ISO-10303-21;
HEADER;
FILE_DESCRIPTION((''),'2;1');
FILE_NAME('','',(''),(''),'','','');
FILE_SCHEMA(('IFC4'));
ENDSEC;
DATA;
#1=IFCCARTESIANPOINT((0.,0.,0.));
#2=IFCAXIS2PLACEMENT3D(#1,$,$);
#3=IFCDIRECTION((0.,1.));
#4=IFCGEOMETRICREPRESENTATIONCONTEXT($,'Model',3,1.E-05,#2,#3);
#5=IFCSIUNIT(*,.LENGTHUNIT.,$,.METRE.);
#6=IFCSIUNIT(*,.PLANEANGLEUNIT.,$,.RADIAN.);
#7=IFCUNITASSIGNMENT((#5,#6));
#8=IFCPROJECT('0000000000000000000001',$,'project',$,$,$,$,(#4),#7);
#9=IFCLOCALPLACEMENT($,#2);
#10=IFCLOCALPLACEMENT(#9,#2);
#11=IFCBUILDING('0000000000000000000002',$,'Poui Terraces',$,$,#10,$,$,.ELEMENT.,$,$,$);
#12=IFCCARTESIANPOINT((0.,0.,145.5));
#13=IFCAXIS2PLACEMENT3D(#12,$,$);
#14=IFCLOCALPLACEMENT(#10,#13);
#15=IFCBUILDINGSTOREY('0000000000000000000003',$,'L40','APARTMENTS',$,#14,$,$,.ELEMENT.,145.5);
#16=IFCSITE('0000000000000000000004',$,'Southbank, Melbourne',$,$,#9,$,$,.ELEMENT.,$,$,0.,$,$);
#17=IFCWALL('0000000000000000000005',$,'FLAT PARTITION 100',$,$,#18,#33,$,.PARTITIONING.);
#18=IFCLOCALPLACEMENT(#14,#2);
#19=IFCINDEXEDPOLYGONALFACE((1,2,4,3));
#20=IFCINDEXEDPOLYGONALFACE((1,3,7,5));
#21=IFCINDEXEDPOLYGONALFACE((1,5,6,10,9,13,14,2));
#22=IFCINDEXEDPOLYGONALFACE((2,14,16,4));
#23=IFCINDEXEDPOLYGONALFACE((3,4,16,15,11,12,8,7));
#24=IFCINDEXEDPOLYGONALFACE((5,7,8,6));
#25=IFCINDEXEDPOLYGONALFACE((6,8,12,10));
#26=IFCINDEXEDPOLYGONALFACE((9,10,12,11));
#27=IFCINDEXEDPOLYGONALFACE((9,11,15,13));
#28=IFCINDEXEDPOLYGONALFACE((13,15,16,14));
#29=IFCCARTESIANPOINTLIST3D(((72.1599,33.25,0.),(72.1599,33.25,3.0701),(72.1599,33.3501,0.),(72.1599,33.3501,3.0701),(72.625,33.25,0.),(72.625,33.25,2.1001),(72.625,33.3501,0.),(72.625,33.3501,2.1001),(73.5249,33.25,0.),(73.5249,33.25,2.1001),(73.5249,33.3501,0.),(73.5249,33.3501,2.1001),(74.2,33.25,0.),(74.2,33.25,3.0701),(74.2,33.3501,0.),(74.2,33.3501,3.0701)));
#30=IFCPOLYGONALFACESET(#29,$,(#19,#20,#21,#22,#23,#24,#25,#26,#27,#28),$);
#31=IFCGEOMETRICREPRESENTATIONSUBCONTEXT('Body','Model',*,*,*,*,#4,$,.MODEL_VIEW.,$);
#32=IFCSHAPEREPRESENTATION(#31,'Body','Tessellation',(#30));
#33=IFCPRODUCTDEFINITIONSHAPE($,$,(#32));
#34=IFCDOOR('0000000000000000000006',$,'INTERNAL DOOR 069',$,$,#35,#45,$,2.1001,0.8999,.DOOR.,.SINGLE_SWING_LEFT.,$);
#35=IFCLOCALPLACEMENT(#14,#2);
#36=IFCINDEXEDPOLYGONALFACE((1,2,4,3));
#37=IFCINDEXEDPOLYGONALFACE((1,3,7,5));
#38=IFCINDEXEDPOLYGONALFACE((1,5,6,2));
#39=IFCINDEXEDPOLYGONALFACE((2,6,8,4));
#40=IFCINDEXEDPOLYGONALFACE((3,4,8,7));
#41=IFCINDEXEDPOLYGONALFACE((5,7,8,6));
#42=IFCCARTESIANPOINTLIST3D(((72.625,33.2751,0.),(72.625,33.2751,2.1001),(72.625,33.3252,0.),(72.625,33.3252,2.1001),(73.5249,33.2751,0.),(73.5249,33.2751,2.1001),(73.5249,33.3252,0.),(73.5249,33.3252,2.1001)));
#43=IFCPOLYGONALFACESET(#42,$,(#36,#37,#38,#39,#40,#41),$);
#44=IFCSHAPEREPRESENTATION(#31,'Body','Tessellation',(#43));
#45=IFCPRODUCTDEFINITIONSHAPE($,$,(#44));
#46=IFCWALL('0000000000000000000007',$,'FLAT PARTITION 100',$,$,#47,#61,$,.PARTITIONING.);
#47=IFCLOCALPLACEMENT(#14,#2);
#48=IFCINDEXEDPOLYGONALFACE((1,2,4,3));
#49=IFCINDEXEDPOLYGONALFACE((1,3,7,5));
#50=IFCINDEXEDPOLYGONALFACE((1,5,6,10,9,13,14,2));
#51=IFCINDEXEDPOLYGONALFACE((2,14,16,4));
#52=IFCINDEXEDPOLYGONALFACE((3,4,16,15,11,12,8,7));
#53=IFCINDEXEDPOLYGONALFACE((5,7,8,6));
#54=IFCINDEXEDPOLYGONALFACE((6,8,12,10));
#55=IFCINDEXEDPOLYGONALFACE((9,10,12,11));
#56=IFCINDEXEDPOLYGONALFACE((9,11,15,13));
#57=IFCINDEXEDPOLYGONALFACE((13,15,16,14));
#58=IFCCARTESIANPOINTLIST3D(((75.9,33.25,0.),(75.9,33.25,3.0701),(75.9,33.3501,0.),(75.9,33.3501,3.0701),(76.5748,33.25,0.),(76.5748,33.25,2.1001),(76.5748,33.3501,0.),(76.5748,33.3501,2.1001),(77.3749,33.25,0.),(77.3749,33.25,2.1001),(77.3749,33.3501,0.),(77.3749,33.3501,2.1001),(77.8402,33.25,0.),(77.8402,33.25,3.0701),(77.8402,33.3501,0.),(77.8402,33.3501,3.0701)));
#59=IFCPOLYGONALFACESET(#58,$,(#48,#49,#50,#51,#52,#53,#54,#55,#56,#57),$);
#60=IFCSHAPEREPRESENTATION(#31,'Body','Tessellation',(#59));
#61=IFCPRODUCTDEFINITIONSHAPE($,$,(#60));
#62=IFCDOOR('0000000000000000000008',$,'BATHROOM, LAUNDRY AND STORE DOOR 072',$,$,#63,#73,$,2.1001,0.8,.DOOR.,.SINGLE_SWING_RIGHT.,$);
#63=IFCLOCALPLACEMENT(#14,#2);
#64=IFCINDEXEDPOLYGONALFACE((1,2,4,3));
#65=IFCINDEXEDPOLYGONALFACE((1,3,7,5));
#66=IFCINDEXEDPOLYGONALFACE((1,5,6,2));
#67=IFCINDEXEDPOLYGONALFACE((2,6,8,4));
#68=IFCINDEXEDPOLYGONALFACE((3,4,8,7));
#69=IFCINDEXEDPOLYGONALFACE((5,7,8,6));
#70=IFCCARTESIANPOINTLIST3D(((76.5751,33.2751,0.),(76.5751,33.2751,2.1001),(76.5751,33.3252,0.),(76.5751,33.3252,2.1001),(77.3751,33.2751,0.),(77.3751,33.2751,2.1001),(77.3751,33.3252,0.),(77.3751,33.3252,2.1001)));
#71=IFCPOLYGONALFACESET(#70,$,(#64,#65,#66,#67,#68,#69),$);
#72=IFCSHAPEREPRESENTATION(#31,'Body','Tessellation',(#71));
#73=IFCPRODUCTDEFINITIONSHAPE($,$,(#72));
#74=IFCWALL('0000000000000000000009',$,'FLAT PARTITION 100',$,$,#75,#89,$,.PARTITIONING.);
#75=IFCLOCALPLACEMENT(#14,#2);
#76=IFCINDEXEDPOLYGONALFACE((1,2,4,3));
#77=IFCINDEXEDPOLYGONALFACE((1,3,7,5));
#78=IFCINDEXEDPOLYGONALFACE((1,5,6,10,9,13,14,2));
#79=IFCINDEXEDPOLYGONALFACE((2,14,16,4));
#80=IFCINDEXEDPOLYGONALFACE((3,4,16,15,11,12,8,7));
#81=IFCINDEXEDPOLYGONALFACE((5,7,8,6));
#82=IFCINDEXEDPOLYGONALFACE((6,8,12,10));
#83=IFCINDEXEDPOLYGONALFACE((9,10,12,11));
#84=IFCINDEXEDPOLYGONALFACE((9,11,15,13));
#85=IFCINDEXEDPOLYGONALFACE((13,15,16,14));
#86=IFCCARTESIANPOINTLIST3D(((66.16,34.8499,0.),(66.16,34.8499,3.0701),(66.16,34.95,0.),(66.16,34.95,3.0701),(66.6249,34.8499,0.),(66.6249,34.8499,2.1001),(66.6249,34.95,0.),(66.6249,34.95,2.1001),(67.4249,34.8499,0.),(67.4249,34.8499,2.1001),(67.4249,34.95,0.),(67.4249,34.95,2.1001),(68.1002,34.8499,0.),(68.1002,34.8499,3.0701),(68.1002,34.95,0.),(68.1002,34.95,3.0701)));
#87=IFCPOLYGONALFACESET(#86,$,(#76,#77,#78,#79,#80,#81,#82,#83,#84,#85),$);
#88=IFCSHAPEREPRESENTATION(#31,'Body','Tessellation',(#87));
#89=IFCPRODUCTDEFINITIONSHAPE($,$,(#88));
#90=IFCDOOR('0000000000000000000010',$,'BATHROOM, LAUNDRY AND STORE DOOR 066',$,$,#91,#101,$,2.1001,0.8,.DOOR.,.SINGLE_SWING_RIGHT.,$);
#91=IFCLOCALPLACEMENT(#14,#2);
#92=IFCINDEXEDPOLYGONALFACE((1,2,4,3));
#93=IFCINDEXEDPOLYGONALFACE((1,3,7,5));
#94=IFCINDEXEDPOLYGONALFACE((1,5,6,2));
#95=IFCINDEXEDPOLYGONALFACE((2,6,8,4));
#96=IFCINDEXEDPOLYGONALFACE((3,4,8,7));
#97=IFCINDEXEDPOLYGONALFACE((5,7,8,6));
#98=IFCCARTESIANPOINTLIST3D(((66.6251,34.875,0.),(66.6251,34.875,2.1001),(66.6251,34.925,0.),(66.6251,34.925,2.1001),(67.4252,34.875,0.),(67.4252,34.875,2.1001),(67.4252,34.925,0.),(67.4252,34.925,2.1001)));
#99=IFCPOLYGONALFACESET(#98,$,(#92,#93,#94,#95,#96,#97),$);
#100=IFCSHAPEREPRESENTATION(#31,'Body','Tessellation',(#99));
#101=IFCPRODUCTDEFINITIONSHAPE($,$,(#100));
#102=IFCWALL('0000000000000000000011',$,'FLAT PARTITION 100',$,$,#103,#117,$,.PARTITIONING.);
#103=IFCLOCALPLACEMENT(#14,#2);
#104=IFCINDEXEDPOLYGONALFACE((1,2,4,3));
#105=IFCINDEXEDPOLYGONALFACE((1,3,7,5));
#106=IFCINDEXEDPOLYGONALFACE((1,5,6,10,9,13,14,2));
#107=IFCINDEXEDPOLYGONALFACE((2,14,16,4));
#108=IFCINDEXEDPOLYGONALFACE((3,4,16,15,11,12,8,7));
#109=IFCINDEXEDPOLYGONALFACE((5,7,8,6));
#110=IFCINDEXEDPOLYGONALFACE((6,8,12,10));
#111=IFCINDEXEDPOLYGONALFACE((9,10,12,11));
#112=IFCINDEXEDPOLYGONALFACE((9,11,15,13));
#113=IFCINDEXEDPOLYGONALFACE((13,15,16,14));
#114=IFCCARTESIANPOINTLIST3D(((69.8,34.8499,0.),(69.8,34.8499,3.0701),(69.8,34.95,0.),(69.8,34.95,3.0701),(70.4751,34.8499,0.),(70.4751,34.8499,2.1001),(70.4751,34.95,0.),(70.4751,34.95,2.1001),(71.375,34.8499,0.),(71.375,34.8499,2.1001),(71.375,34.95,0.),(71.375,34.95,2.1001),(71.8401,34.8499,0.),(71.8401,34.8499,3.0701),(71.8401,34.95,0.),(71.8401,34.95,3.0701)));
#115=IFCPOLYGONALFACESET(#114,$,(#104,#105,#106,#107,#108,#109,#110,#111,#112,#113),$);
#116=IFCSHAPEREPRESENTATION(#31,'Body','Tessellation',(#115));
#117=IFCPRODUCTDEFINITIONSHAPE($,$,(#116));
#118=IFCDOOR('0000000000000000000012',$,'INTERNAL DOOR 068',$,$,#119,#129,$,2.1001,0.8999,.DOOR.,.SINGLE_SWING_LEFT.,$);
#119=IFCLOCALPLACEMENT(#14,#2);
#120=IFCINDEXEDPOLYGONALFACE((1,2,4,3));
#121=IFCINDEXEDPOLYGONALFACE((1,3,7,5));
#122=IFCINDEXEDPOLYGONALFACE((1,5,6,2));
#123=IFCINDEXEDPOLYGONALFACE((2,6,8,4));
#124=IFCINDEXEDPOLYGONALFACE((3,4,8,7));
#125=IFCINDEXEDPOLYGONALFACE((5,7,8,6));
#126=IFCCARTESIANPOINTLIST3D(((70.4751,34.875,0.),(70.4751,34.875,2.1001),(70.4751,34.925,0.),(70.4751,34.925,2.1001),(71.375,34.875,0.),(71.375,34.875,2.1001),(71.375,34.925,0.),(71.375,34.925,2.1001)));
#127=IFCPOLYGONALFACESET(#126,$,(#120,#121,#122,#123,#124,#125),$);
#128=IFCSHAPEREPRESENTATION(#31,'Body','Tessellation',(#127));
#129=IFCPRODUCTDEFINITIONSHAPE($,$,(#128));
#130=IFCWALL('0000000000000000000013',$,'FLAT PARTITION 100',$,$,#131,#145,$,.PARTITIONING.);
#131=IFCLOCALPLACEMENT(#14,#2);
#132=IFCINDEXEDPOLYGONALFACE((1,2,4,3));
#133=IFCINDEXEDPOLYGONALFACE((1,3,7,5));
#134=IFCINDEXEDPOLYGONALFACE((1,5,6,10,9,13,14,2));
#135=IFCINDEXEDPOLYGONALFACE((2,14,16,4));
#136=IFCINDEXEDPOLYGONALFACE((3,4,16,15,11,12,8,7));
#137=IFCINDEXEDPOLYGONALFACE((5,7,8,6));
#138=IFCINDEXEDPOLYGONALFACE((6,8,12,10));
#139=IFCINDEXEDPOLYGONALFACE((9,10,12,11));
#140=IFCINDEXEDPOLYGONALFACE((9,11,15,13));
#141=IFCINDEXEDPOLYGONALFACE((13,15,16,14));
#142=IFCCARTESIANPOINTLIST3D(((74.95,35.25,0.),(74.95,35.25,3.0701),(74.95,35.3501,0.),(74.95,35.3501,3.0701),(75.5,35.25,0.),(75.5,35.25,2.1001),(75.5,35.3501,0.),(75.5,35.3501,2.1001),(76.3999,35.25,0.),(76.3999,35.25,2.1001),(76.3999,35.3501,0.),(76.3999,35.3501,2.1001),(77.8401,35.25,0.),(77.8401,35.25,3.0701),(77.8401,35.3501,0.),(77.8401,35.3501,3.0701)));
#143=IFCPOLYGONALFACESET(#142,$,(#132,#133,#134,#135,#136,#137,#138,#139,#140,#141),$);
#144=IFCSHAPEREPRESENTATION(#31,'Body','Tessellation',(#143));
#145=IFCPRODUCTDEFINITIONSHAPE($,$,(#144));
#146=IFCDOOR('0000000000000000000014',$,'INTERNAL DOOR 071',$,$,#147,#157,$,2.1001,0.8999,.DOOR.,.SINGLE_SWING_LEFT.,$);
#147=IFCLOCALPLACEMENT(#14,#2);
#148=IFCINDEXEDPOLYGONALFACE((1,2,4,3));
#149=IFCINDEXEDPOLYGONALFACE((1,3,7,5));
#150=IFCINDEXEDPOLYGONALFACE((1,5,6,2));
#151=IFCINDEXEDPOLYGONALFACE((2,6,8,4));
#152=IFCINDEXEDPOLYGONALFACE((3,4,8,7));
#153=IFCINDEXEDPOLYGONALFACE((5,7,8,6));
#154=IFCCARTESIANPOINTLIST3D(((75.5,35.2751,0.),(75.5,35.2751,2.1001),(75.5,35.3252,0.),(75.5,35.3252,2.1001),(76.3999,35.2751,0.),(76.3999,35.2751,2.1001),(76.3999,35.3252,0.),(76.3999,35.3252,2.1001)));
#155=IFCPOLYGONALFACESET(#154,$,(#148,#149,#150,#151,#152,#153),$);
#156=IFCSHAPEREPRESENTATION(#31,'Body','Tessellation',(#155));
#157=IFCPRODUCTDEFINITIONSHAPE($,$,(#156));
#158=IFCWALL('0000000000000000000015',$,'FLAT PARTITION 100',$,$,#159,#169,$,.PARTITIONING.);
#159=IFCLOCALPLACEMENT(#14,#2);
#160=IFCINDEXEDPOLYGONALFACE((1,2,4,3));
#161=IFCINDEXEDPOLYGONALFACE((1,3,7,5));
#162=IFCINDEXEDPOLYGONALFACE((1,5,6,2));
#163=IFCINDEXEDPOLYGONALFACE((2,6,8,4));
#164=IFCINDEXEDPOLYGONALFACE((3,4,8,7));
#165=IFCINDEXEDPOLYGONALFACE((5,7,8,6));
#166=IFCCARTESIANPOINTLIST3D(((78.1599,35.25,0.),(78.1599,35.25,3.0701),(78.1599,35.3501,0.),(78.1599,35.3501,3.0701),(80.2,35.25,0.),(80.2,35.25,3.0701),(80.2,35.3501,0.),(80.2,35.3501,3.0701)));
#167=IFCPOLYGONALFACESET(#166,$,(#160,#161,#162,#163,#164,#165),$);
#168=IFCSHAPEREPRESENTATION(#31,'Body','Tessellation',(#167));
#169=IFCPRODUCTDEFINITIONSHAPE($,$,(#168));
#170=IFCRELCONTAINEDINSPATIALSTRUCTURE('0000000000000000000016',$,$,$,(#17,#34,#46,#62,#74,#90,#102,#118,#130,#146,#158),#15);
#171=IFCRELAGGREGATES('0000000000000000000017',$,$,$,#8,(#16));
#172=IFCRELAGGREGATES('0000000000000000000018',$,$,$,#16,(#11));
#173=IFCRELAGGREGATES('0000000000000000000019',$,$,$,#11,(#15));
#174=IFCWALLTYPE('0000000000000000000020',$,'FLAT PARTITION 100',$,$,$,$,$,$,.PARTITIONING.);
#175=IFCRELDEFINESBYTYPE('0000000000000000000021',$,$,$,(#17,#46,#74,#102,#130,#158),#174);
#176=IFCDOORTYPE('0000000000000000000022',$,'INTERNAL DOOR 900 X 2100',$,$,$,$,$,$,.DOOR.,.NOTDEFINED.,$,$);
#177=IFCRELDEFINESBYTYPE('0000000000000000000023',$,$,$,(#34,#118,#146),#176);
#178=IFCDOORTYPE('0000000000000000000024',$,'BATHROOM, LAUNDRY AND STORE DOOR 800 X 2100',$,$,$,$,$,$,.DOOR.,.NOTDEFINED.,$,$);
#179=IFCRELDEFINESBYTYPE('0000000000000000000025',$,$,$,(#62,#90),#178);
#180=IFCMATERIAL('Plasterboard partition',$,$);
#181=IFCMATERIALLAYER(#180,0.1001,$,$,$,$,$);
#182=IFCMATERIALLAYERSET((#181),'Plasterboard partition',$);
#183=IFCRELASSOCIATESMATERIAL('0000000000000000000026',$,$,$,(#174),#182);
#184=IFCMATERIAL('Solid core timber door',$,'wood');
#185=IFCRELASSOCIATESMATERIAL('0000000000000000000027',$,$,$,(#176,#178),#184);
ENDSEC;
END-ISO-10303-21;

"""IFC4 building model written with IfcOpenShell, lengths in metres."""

from ifc_helpers import new_model, si_unit, direction, frame, frame_2d, origin, place, context, subcontext, project, spatial, rectangle, extrude, material, layer, layer_set, type_object, element, fill, save


model = new_model("IFC4")

# Units and contexts
model_context = context("Model", 3, precision=1e-05, world=origin(), true_north=direction((0.0, 1.0)))
body_context = subcontext(model_context, "Body", "Model", "MODEL_VIEW")
ifc_project = project(units=[si_unit("LENGTHUNIT", "METRE"), si_unit("PLANEANGLEUNIT", "RADIAN")], contexts=[model_context])

# Site, building, storey
site_placement = place(None, origin())
site = spatial("IfcSite", under=ifc_project, at=site_placement, Name="Southbank, Melbourne", CompositionType="ELEMENT", RefElevation=0.0)
building_placement = place(site_placement, origin())
building = spatial("IfcBuilding", under=site, at=building_placement, Name="Poui Terraces", CompositionType="ELEMENT")
storey_placement = place(building_placement, frame((0.0, 0.0, 145.5)))
storey = spatial("IfcBuildingStorey", under=building, at=storey_placement, Name="L40", Description="APARTMENTS", CompositionType="ELEMENT", Elevation=145.5)

# Walls, openings, doors
ifc_material_1 = material(Name="Plasterboard partition")
ifc_layer_1 = layer(ifc_material_1, 0.1001)
ifc_layer_set_1 = layer_set([ifc_layer_1], Name="Plasterboard partition")
wall_type_1 = type_object("IfcWallType", Name="FLAT PARTITION 100", PredefinedType="PARTITIONING", material=ifc_layer_set_1)
wall_1_placement = place(storey_placement, frame((72.1599, 33.3, 0.0), z_axis=(0.0, 0.0, 1.0), x_axis=(1.0, 0.0, 0.0)))
wall_1 = element("IfcWall", 1, at=wall_1_placement, inside=storey, type_object=wall_type_1, Name="FLAT PARTITION 100", PredefinedType="PARTITIONING", context=body_context, shape_type="SweptSolid", body=[
    extrude(rectangle(XDim=2.04, YDim=0.1001, at=frame_2d((1.02, 0.0))), origin(), (0.0, 0.0, 1.0), 3.0701),
])
opening_1_placement = place(wall_1_placement, frame((0.4651, 0.0, 0.0)))
opening_1 = element("IfcOpeningElement", 2, at=opening_1_placement, cuts=wall_1, PredefinedType="OPENING", context=body_context, shape_type="SweptSolid", body=[
    extrude(rectangle(XDim=0.8999, YDim=2.1001, at=frame_2d((0.45, 1.05))), frame((0.0, 0.0601, 0.0), z_axis=(0.0, -1.0, 0.0), x_axis=(1.0, 0.0, 0.0)), (0.0, 0.0, 1.0), 0.1201),
])
ifc_material_2 = material(Name="Solid core timber door", Category="wood")
door_type_1 = type_object("IfcDoorType", Name="INTERNAL DOOR 900 X 2100", OperationType="NOTDEFINED", PredefinedType="DOOR", material=ifc_material_2)
door_1_placement = place(opening_1_placement, frame((0.8999, 0.0, 0.0), z_axis=(0.0, 0.0, 1.0), x_axis=(-1.0, 0.0, 0.0)))
door_1 = element("IfcDoor", 3, at=door_1_placement, inside=storey, type_object=door_type_1, Name="INTERNAL DOOR 069", OperationType="SINGLE_SWING_LEFT", OverallHeight=2.1001, OverallWidth=0.8999, PredefinedType="DOOR", context=body_context, shape_type="SweptSolid", body=[
    extrude(rectangle(XDim=0.8999, YDim=2.1001, at=frame_2d((0.45, 1.05))), frame((0.0, 0.0249, 0.0), z_axis=(0.0, -1.0, 0.0), x_axis=(1.0, 0.0, 0.0)), (0.0, 0.0, 1.0), 0.05),
])
fill(opening_1, door_1)
wall_2_placement = place(storey_placement, frame((75.8999, 33.3, 0.0), z_axis=(0.0, 0.0, 1.0), x_axis=(1.0, 0.0, 0.0)))
wall_2 = element("IfcWall", 4, at=wall_2_placement, inside=storey, type_object=wall_type_1, Name="FLAT PARTITION 100", PredefinedType="PARTITIONING", context=body_context, shape_type="SweptSolid", body=[
    extrude(rectangle(XDim=1.9402, YDim=0.1001, at=frame_2d((0.9702, 0.0))), origin(), (0.0, 0.0, 1.0), 3.0701),
])
opening_2_placement = place(wall_2_placement, frame((0.675, 0.0, 0.0)))
opening_2 = element("IfcOpeningElement", 5, at=opening_2_placement, cuts=wall_2, PredefinedType="OPENING", context=body_context, shape_type="SweptSolid", body=[
    extrude(rectangle(XDim=0.8, YDim=2.1001, at=frame_2d((0.3999, 1.05))), frame((0.0, 0.0601, 0.0), z_axis=(0.0, -1.0, 0.0), x_axis=(1.0, 0.0, 0.0)), (0.0, 0.0, 1.0), 0.1201),
])
door_type_2 = type_object("IfcDoorType", Name="BATHROOM, LAUNDRY AND STORE DOOR 800 X 2100", OperationType="NOTDEFINED", PredefinedType="DOOR", material=ifc_material_2)
door_2_placement = place(opening_2_placement, frame((0.8, 0.0, 0.0), z_axis=(0.0, 0.0, 1.0), x_axis=(-1.0, 0.0, 0.0)))
door_2 = element("IfcDoor", 6, at=door_2_placement, inside=storey, type_object=door_type_2, Name="BATHROOM, LAUNDRY AND STORE DOOR 072", OperationType="SINGLE_SWING_RIGHT", OverallHeight=2.1001, OverallWidth=0.8, PredefinedType="DOOR", context=body_context, shape_type="SweptSolid", body=[
    extrude(rectangle(XDim=0.8, YDim=2.1001, at=frame_2d((0.3999, 1.05))), frame((0.0, 0.0249, 0.0), z_axis=(0.0, -1.0, 0.0), x_axis=(1.0, 0.0, 0.0)), (0.0, 0.0, 1.0), 0.05),
])
fill(opening_2, door_2)
wall_3_placement = place(storey_placement, frame((66.1599, 34.8999, 0.0), z_axis=(0.0, 0.0, 1.0), x_axis=(1.0, 0.0, 0.0)))
wall_3 = element("IfcWall", 7, at=wall_3_placement, inside=storey, type_object=wall_type_1, Name="FLAT PARTITION 100", PredefinedType="PARTITIONING", context=body_context, shape_type="SweptSolid", body=[
    extrude(rectangle(XDim=1.9402, YDim=0.1001, at=frame_2d((0.9702, 0.0))), origin(), (0.0, 0.0, 1.0), 3.0701),
])
opening_3_placement = place(wall_3_placement, frame((0.4651, 0.0, 0.0)))
opening_3 = element("IfcOpeningElement", 8, at=opening_3_placement, cuts=wall_3, PredefinedType="OPENING", context=body_context, shape_type="SweptSolid", body=[
    extrude(rectangle(XDim=0.8, YDim=2.1001, at=frame_2d((0.3999, 1.05))), frame((0.0, 0.0601, 0.0), z_axis=(0.0, -1.0, 0.0), x_axis=(1.0, 0.0, 0.0)), (0.0, 0.0, 1.0), 0.1201),
])
door_3_placement = place(opening_3_placement, frame((0.8, 0.0, 0.0), z_axis=(0.0, 0.0, 1.0), x_axis=(-1.0, 0.0, 0.0)))
door_3 = element("IfcDoor", 9, at=door_3_placement, inside=storey, type_object=door_type_2, Name="BATHROOM, LAUNDRY AND STORE DOOR 066", OperationType="SINGLE_SWING_RIGHT", OverallHeight=2.1001, OverallWidth=0.8, PredefinedType="DOOR", context=body_context, shape_type="SweptSolid", body=[
    extrude(rectangle(XDim=0.8, YDim=2.1001, at=frame_2d((0.3999, 1.05))), frame((0.0, 0.0249, 0.0), z_axis=(0.0, -1.0, 0.0), x_axis=(1.0, 0.0, 0.0)), (0.0, 0.0, 1.0), 0.05),
])
fill(opening_3, door_3)
wall_4_placement = place(storey_placement, frame((69.8, 34.8999, 0.0), z_axis=(0.0, 0.0, 1.0), x_axis=(1.0, 0.0, 0.0)))
wall_4 = element("IfcWall", 10, at=wall_4_placement, inside=storey, type_object=wall_type_1, Name="FLAT PARTITION 100", PredefinedType="PARTITIONING", context=body_context, shape_type="SweptSolid", body=[
    extrude(rectangle(XDim=2.04, YDim=0.1001, at=frame_2d((1.02, 0.0))), origin(), (0.0, 0.0, 1.0), 3.0701),
])
opening_4_placement = place(wall_4_placement, frame((0.675, 0.0, 0.0)))
opening_4 = element("IfcOpeningElement", 11, at=opening_4_placement, cuts=wall_4, PredefinedType="OPENING", context=body_context, shape_type="SweptSolid", body=[
    extrude(rectangle(XDim=0.8999, YDim=2.1001, at=frame_2d((0.45, 1.05))), frame((0.0, 0.0601, 0.0), z_axis=(0.0, -1.0, 0.0), x_axis=(1.0, 0.0, 0.0)), (0.0, 0.0, 1.0), 0.1201),
])
door_4_placement = place(opening_4_placement, frame((0.8999, 0.0, 0.0), z_axis=(0.0, 0.0, 1.0), x_axis=(-1.0, 0.0, 0.0)))
door_4 = element("IfcDoor", 12, at=door_4_placement, inside=storey, type_object=door_type_1, Name="INTERNAL DOOR 068", OperationType="SINGLE_SWING_LEFT", OverallHeight=2.1001, OverallWidth=0.8999, PredefinedType="DOOR", context=body_context, shape_type="SweptSolid", body=[
    extrude(rectangle(XDim=0.8999, YDim=2.1001, at=frame_2d((0.45, 1.05))), frame((0.0, 0.0249, 0.0), z_axis=(0.0, -1.0, 0.0), x_axis=(1.0, 0.0, 0.0)), (0.0, 0.0, 1.0), 0.05),
])
fill(opening_4, door_4)
wall_5_placement = place(storey_placement, frame((74.95, 35.3, 0.0), z_axis=(0.0, 0.0, 1.0), x_axis=(1.0, 0.0, 0.0)))
wall_5 = element("IfcWall", 13, at=wall_5_placement, inside=storey, type_object=wall_type_1, Name="FLAT PARTITION 100", PredefinedType="PARTITIONING", context=body_context, shape_type="SweptSolid", body=[
    extrude(rectangle(XDim=2.8901, YDim=0.1001, at=frame_2d((1.4451, 0.0))), origin(), (0.0, 0.0, 1.0), 3.0701),
])
opening_5_placement = place(wall_5_placement, frame((0.55, 0.0, 0.0)))
opening_5 = element("IfcOpeningElement", 14, at=opening_5_placement, cuts=wall_5, PredefinedType="OPENING", context=body_context, shape_type="SweptSolid", body=[
    extrude(rectangle(XDim=0.8999, YDim=2.1001, at=frame_2d((0.45, 1.05))), frame((0.0, 0.0601, 0.0), z_axis=(0.0, -1.0, 0.0), x_axis=(1.0, 0.0, 0.0)), (0.0, 0.0, 1.0), 0.1201),
])
door_5_placement = place(opening_5_placement, frame((0.8999, 0.0, 0.0), z_axis=(0.0, 0.0, 1.0), x_axis=(-1.0, 0.0, 0.0)))
door_5 = element("IfcDoor", 15, at=door_5_placement, inside=storey, type_object=door_type_1, Name="INTERNAL DOOR 071", OperationType="SINGLE_SWING_LEFT", OverallHeight=2.1001, OverallWidth=0.8999, PredefinedType="DOOR", context=body_context, shape_type="SweptSolid", body=[
    extrude(rectangle(XDim=0.8999, YDim=2.1001, at=frame_2d((0.45, 1.05))), frame((0.0, 0.0249, 0.0), z_axis=(0.0, -1.0, 0.0), x_axis=(1.0, 0.0, 0.0)), (0.0, 0.0, 1.0), 0.05),
])
fill(opening_5, door_5)

# Wall
wall_6_placement = place(storey_placement, frame((78.1599, 35.3, 0.0), z_axis=(0.0, 0.0, 1.0), x_axis=(1.0, 0.0, 0.0)))
element("IfcWall", 16, at=wall_6_placement, inside=storey, type_object=wall_type_1, Name="FLAT PARTITION 100", PredefinedType="PARTITIONING", context=body_context, shape_type="SweptSolid", body=[
    extrude(rectangle(XDim=2.04, YDim=0.1001, at=frame_2d((1.02, 0.0))), origin(), (0.0, 0.0, 1.0), 3.0701),
])

save(model, "model.ifc")
